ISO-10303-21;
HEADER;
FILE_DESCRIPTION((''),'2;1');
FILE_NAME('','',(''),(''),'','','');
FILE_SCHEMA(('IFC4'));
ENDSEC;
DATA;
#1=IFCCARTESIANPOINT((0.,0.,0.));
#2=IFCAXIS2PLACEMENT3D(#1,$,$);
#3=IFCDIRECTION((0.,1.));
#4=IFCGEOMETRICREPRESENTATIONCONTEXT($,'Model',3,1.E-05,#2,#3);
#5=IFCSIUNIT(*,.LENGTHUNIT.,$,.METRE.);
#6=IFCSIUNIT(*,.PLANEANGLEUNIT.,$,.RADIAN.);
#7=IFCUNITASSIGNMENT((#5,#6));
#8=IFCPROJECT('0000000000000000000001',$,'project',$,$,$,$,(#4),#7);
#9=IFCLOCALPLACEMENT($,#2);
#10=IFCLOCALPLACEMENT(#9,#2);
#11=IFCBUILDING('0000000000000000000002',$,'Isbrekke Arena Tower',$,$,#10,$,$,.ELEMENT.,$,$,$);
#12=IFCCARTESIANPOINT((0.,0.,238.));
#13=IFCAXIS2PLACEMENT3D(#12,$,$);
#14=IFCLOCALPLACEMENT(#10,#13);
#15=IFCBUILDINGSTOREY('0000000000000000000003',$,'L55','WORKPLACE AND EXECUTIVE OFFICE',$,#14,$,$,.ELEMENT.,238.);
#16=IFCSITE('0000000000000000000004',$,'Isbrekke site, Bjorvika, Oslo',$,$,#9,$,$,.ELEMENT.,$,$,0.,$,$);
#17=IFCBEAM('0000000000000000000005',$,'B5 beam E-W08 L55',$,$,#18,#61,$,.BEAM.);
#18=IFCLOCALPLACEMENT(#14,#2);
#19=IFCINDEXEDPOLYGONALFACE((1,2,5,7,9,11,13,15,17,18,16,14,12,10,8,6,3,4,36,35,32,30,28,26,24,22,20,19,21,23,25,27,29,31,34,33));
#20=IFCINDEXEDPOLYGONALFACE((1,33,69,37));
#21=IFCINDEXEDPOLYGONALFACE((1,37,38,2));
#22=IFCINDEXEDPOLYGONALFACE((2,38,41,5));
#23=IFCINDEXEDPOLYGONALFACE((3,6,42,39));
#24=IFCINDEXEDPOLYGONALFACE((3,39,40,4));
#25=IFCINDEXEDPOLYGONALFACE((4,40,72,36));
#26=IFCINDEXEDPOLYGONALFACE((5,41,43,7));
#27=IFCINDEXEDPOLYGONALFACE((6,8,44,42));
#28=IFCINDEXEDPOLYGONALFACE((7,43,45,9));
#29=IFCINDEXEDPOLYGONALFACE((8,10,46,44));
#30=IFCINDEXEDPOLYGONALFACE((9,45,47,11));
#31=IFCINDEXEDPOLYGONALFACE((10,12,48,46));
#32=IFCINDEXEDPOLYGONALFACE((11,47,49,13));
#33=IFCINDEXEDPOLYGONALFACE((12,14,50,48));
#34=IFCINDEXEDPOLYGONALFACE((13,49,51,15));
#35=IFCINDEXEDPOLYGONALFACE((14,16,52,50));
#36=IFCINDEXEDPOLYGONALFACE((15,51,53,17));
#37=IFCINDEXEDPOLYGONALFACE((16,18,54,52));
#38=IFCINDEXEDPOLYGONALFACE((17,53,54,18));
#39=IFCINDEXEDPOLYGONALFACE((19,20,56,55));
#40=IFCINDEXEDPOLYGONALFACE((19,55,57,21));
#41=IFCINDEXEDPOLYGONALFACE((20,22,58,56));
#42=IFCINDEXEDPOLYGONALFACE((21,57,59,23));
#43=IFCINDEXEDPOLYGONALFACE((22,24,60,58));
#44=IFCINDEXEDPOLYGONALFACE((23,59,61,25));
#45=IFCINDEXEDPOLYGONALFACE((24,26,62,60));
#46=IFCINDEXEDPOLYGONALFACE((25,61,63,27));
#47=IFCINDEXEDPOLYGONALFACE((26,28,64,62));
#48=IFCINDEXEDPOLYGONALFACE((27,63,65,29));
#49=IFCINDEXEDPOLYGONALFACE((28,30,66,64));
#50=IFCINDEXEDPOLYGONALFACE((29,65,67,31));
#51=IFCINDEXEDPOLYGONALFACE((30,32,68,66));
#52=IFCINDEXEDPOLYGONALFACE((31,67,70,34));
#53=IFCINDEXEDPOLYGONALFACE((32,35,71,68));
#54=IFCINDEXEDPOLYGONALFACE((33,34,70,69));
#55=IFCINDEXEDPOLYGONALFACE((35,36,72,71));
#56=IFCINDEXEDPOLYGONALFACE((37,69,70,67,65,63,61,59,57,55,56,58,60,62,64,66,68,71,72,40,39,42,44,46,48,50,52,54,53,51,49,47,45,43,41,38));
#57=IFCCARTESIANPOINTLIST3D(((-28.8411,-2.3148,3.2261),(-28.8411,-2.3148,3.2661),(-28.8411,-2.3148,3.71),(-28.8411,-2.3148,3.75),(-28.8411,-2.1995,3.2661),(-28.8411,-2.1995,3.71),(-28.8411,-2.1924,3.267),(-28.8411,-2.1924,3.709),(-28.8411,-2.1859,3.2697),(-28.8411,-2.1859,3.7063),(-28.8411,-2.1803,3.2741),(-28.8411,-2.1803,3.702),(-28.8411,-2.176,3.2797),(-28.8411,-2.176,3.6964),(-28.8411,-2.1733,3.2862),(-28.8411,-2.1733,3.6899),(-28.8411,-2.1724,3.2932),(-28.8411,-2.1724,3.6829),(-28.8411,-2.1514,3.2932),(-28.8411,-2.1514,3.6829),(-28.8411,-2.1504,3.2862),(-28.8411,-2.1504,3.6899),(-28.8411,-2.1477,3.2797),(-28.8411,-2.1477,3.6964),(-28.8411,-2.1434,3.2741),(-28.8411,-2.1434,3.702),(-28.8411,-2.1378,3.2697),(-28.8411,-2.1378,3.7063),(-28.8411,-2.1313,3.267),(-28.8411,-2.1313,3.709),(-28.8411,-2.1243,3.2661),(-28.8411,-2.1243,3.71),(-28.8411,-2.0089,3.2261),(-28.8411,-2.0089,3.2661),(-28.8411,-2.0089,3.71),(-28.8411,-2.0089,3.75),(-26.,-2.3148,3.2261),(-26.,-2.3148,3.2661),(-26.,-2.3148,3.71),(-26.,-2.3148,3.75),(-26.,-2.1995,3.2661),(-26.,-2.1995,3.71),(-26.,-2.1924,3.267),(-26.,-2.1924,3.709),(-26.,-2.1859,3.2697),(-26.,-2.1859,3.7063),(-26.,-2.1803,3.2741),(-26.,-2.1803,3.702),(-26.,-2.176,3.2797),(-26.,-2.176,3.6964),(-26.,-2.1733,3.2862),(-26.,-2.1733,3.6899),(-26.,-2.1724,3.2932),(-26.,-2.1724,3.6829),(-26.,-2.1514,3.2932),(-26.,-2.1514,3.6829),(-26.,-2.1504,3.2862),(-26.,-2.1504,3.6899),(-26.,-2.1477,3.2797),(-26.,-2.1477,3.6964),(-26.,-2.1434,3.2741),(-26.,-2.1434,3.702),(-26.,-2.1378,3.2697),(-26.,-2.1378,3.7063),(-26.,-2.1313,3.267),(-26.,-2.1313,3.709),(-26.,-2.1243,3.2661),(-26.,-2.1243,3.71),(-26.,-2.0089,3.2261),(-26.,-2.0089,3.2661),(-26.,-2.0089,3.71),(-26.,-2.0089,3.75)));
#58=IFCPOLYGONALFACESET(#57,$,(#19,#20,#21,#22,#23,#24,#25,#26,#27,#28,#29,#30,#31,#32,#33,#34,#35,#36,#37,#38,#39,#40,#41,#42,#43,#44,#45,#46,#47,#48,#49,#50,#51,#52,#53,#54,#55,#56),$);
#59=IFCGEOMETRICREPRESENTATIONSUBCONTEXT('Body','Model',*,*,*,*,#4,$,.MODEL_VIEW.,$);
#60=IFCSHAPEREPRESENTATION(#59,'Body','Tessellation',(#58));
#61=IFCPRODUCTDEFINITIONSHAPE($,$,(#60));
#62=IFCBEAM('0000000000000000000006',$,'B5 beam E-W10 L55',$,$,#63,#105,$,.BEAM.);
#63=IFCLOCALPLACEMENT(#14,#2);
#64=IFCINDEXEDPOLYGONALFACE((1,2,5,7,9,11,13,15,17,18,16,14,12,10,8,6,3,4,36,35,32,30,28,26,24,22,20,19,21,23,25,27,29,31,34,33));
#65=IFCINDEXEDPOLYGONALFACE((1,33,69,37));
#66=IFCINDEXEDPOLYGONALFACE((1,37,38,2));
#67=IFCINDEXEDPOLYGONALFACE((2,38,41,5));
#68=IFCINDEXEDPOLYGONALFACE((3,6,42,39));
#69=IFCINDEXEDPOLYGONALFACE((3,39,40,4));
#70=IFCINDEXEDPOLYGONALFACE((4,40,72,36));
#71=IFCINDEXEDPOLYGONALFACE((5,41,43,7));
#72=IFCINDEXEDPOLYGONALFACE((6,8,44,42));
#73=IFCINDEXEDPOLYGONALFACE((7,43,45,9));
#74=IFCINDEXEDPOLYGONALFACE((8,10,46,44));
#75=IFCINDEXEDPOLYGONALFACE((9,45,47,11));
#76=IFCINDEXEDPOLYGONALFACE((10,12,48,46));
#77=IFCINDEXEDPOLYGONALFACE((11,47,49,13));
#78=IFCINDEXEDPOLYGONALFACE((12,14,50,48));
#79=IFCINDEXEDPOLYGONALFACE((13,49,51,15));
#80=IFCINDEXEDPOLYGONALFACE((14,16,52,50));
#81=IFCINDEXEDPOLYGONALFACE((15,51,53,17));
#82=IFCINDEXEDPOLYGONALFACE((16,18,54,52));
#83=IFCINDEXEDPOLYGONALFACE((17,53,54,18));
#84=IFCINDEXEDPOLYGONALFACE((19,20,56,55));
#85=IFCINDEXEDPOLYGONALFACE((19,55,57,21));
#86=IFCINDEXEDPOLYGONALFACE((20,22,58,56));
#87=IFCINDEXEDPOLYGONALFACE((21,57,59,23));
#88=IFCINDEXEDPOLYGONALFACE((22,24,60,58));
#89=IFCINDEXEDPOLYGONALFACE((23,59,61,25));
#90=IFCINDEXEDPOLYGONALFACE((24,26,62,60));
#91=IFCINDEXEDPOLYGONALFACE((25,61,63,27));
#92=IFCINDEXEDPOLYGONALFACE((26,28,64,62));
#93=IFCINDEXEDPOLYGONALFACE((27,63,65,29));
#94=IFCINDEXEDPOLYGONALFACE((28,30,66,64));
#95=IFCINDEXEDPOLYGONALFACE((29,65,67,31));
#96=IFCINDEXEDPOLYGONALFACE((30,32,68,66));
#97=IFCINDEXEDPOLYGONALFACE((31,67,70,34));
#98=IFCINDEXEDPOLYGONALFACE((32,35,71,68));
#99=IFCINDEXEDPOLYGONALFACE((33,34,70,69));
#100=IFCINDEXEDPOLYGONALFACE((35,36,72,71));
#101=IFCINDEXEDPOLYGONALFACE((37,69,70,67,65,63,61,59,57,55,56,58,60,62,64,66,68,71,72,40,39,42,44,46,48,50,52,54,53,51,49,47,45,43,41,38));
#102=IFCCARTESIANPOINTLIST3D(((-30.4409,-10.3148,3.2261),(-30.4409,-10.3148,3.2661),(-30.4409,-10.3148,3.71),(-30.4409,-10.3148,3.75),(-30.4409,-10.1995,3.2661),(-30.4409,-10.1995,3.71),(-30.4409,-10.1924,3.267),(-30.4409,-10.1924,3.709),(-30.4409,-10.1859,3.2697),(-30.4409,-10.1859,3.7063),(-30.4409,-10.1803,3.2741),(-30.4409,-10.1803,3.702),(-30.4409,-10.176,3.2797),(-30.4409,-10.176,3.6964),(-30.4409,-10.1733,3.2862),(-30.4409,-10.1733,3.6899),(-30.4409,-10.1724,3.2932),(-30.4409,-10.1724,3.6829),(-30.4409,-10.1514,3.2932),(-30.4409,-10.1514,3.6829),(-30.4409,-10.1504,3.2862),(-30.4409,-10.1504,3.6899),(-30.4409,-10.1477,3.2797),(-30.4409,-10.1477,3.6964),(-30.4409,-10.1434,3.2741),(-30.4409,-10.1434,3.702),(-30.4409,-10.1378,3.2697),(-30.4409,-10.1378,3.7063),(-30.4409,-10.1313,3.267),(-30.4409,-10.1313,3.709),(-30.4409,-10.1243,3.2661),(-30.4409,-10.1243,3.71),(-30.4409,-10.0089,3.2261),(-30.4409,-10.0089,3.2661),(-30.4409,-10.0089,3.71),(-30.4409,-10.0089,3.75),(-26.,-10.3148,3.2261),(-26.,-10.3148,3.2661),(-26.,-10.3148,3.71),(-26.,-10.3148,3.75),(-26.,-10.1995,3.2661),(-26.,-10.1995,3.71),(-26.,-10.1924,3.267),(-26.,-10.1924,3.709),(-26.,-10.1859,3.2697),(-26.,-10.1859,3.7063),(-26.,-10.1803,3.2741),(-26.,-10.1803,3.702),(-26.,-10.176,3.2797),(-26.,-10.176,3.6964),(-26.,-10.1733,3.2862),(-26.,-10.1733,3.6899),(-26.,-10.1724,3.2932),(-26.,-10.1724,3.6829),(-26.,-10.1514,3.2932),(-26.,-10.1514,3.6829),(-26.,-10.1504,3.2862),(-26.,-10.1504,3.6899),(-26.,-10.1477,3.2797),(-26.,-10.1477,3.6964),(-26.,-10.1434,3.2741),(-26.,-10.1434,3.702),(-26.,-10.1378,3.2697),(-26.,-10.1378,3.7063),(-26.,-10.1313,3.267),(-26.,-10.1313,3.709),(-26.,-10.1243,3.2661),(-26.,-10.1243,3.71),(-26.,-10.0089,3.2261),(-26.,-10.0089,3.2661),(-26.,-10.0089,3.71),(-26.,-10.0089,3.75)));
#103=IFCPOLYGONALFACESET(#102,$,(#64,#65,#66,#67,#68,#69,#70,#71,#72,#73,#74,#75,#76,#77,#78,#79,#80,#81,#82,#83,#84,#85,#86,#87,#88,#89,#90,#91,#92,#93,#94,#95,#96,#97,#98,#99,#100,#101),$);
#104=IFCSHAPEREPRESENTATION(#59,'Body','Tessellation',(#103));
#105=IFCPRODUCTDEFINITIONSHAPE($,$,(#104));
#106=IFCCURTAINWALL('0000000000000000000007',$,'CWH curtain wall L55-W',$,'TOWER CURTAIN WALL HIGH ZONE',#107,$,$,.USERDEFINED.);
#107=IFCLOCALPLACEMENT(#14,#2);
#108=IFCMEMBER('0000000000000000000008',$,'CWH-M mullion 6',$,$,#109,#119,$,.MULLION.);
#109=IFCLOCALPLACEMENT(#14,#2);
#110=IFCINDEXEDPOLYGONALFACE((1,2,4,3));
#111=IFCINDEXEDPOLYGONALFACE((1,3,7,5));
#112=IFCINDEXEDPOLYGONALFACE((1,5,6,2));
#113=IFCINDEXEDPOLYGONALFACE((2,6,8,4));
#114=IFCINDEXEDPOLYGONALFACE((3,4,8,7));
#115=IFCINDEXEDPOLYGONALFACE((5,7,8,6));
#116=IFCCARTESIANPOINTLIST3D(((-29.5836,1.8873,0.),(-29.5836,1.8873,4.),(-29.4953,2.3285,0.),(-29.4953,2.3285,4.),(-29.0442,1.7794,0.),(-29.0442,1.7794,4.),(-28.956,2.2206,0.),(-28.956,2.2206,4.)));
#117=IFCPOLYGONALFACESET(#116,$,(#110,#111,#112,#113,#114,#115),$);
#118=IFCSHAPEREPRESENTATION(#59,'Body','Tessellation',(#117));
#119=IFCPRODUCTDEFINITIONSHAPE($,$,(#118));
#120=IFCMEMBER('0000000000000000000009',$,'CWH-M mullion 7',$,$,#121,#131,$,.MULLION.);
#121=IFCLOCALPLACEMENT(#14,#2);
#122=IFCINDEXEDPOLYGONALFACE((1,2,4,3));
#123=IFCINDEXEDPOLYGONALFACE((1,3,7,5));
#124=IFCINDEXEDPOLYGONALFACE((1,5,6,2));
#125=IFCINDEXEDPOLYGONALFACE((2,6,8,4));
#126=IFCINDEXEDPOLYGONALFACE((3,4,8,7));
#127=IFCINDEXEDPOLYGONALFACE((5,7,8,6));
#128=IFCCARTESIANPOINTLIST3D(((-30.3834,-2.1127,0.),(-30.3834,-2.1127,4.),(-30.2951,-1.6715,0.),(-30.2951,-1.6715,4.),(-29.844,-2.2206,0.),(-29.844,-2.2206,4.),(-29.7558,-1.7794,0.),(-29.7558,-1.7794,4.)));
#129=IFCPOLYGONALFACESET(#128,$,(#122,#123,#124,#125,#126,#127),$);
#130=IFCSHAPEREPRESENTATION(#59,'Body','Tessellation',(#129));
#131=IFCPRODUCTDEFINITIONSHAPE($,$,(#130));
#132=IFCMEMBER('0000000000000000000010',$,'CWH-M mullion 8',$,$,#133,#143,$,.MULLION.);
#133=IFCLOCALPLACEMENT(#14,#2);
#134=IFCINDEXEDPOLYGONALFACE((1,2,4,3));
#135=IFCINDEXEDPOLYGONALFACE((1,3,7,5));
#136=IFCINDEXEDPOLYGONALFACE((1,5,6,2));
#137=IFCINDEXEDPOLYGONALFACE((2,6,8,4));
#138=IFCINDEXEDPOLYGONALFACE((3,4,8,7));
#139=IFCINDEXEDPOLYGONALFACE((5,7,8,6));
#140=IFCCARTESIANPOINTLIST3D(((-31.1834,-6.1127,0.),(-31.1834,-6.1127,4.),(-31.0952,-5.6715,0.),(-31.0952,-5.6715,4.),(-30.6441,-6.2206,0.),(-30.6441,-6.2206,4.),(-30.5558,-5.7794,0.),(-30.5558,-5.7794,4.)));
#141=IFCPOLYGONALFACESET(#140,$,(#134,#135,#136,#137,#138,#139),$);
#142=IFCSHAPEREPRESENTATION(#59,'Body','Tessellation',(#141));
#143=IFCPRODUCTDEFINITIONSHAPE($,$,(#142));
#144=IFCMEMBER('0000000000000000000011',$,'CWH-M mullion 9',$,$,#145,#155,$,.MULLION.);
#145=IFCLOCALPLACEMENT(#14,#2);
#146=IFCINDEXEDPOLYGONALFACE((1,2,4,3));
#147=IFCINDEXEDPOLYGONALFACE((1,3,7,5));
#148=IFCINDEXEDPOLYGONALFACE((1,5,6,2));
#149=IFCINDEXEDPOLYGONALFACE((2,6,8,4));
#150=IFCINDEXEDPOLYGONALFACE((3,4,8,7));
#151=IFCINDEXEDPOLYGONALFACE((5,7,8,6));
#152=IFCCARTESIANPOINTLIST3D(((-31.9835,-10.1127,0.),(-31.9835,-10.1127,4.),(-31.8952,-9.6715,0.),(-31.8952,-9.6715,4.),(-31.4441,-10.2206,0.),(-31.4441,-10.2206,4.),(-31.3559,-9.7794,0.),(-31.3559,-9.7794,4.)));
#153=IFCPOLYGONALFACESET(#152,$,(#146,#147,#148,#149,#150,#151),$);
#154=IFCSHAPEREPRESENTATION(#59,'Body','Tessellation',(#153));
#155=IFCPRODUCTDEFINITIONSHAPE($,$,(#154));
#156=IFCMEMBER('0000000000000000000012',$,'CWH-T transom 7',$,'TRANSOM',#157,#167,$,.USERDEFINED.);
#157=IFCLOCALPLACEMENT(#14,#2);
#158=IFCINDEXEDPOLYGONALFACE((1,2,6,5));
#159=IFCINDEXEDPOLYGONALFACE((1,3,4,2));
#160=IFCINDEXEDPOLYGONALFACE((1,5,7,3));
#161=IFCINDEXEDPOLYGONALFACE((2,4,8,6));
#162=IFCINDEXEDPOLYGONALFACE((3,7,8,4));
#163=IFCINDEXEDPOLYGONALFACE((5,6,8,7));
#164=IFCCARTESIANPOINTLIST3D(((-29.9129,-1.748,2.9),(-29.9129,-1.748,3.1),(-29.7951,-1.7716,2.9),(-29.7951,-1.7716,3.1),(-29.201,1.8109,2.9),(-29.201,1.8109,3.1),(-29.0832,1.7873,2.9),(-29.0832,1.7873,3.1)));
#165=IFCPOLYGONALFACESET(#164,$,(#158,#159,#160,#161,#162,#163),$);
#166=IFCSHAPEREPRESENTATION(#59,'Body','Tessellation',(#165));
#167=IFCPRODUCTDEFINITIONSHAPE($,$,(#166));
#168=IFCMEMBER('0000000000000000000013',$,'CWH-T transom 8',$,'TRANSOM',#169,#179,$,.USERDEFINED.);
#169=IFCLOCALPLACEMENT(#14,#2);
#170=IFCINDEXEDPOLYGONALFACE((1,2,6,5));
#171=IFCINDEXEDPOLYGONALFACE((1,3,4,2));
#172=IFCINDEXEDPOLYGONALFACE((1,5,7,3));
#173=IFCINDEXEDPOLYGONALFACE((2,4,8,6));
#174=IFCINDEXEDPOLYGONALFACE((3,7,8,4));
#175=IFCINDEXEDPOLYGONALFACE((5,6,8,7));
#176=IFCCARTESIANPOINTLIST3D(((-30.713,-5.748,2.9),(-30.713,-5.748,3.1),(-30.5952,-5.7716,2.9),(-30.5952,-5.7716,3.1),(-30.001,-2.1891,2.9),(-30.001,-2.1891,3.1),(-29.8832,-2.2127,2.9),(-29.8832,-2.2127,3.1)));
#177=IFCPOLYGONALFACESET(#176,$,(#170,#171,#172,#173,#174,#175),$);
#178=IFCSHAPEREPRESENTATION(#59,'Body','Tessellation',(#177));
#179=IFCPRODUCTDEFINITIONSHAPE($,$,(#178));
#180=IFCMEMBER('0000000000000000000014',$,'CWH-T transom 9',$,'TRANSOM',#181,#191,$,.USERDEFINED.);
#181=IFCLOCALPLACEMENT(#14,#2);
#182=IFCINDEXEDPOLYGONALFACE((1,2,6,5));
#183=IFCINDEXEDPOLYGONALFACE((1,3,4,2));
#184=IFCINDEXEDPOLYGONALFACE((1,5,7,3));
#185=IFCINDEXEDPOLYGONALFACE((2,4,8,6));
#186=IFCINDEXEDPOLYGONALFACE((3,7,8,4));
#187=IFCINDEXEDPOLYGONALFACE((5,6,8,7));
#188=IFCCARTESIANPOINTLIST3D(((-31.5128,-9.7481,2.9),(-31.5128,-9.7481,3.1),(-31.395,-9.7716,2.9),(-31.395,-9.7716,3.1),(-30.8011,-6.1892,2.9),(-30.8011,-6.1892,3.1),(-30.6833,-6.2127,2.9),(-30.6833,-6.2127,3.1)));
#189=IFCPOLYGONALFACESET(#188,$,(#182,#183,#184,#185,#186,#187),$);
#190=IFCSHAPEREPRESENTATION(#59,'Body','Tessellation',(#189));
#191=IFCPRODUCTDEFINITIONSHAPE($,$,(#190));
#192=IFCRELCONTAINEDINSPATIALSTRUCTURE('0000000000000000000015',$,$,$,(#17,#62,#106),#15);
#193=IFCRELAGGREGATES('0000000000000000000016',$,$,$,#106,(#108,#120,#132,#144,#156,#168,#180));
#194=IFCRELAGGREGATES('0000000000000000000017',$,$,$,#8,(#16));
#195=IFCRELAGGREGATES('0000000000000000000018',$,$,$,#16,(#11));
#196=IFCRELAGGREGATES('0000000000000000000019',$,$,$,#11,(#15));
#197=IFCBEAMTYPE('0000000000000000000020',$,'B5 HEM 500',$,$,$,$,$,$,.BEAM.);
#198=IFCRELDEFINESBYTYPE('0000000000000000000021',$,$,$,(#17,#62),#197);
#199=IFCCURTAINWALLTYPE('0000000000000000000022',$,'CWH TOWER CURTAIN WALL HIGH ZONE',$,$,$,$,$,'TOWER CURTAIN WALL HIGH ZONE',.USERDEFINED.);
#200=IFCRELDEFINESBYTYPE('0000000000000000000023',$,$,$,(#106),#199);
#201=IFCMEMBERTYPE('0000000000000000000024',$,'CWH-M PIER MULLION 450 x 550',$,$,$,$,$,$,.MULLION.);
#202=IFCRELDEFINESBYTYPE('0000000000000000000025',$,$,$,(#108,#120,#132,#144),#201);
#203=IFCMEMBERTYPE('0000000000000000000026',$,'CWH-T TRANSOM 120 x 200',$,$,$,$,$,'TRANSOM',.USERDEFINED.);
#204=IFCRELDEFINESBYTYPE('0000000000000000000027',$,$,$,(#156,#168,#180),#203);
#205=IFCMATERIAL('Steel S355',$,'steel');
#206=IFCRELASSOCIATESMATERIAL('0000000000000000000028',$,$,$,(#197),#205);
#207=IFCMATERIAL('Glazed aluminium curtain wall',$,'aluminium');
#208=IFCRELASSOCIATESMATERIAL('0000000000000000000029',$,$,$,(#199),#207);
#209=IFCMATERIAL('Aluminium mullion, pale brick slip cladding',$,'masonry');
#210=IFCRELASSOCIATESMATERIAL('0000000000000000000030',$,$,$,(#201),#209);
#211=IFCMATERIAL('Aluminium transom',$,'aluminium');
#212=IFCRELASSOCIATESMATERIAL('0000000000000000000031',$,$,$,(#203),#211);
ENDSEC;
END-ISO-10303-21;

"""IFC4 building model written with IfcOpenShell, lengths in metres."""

from ifc_helpers import new_model, si_unit, direction, frame, origin, origin_2d, place, context, subcontext, project, spatial, rectangle, i_section, extrude, material, material_profile, profile_set, type_object, element, aggregate, save


model = new_model("IFC4")

# Units and contexts
model_context = context("Model", 3, precision=1e-05, world=origin(), true_north=direction((0.0, 1.0)))
body_context = subcontext(model_context, "Body", "Model", "MODEL_VIEW")
ifc_project = project(units=[si_unit("LENGTHUNIT", "METRE"), si_unit("PLANEANGLEUNIT", "RADIAN")], contexts=[model_context])

# Site, building, storey
site_placement = place(None, origin())
site = spatial("IfcSite", under=ifc_project, at=site_placement, Name="Isbrekke site, Bjorvika, Oslo", CompositionType="ELEMENT", RefElevation=0.0)
building_placement = place(site_placement, origin())
building = spatial("IfcBuilding", under=site, at=building_placement, Name="Isbrekke Arena Tower", CompositionType="ELEMENT")
storey_placement = place(building_placement, frame((0.0, 0.0, 238.0)))
storey = spatial("IfcBuildingStorey", under=building, at=storey_placement, Name="L55", Description="WORKPLACE AND EXECUTIVE OFFICE", CompositionType="ELEMENT", Elevation=238.0)

# Beams
ifc_material_1 = material(Name="Steel S355", Category="steel")
ifc_material_profile_1 = material_profile(ifc_material_1, i_section(OverallWidth=0.3059, OverallDepth=0.5239, WebThickness=0.021, FlangeThickness=0.04, FilletRadius=0.0271, at=origin_2d()), Name="HEM 500")
ifc_profile_set_1 = profile_set([ifc_material_profile_1], Name="Steel S355")
beam_type_1 = type_object("IfcBeamType", Name="B5 HEM 500", PredefinedType="BEAM", material=ifc_profile_set_1)
beam_1_placement = place(storey_placement, frame((-28.8411, -2.1619, 3.488), z_axis=(1.0, 0.0, 0.0), x_axis=(0.0, 1.0, 0.0)))
element("IfcBeam", 1, at=beam_1_placement, inside=storey, type_object=beam_type_1, Name="B5 beam E-W08 L55", PredefinedType="BEAM", context=body_context, shape_type="SweptSolid", body=[
    extrude(i_section(OverallWidth=0.3059, OverallDepth=0.5239, WebThickness=0.021, FlangeThickness=0.04, FilletRadius=0.0271, at=origin_2d()), origin(), (0.0, 0.0, 1.0), 2.8411),
])
beam_2_placement = place(storey_placement, frame((-30.4409, -10.1619, 3.488), z_axis=(1.0, 0.0, 0.0), x_axis=(0.0, 1.0, 0.0)))
element("IfcBeam", 2, at=beam_2_placement, inside=storey, type_object=beam_type_1, Name="B5 beam E-W10 L55", PredefinedType="BEAM", context=body_context, shape_type="SweptSolid", body=[
    extrude(i_section(OverallWidth=0.3059, OverallDepth=0.5239, WebThickness=0.021, FlangeThickness=0.04, FilletRadius=0.0271, at=origin_2d()), origin(), (0.0, 0.0, 1.0), 4.4409),
])

# Curtain wall, members
ifc_material_2 = material(Name="Glazed aluminium curtain wall", Category="aluminium")
curtain_wall_type = type_object("IfcCurtainWallType", Name="CWH TOWER CURTAIN WALL HIGH ZONE", ElementType="TOWER CURTAIN WALL HIGH ZONE", PredefinedType="USERDEFINED", material=ifc_material_2)
curtain_wall_placement = place(storey_placement, origin())
curtain_wall = element("IfcCurtainWall", 3, at=curtain_wall_placement, inside=storey, type_object=curtain_wall_type, Name="CWH curtain wall L55-W", ObjectType="TOWER CURTAIN WALL HIGH ZONE", PredefinedType="USERDEFINED")
ifc_material_3 = material(Name="Aluminium mullion, pale brick slip cladding", Category="masonry")
ifc_material_profile_2 = material_profile(ifc_material_3, rectangle(XDim=0.45, YDim=0.55, at=origin_2d()), Name="PIER 450X550")
ifc_profile_set_2 = profile_set([ifc_material_profile_2], Name="Aluminium mullion, pale brick slip cladding")
member_type_1 = type_object("IfcMemberType", Name="CWH-M PIER MULLION 450 x 550", PredefinedType="MULLION", material=ifc_profile_set_2)
member_1_placement = place(storey_placement, frame((-29.2698, 2.054, 0.0), z_axis=(0.0, 0.0, 1.0), x_axis=(-0.196116, -0.980581, 0.0)))
member_1 = element("IfcMember", 4, at=member_1_placement, type_object=member_type_1, Name="CWH-M mullion 6", PredefinedType="MULLION", context=body_context, shape_type="SweptSolid", body=[
    extrude(rectangle(XDim=0.45, YDim=0.55, at=origin_2d()), origin(), (0.0, 0.0, 1.0), 4.0),
])
member_2_placement = place(storey_placement, frame((-30.0696, -1.946, 0.0), z_axis=(0.0, 0.0, 1.0), x_axis=(-0.196116, -0.980581, 0.0)))
member_2 = element("IfcMember", 5, at=member_2_placement, type_object=member_type_1, Name="CWH-M mullion 7", PredefinedType="MULLION", context=body_context, shape_type="SweptSolid", body=[
    extrude(rectangle(XDim=0.45, YDim=0.55, at=origin_2d()), origin(), (0.0, 0.0, 1.0), 4.0),
])
member_3_placement = place(storey_placement, frame((-30.8696, -5.946, 0.0), z_axis=(0.0, 0.0, 1.0), x_axis=(-0.196116, -0.980581, 0.0)))
member_3 = element("IfcMember", 6, at=member_3_placement, type_object=member_type_1, Name="CWH-M mullion 8", PredefinedType="MULLION", context=body_context, shape_type="SweptSolid", body=[
    extrude(rectangle(XDim=0.45, YDim=0.55, at=origin_2d()), origin(), (0.0, 0.0, 1.0), 4.0),
])
member_4_placement = place(storey_placement, frame((-31.6697, -9.946, 0.0), z_axis=(0.0, 0.0, 1.0), x_axis=(-0.196116, -0.980581, 0.0)))
member_4 = element("IfcMember", 7, at=member_4_placement, type_object=member_type_1, Name="CWH-M mullion 9", PredefinedType="MULLION", context=body_context, shape_type="SweptSolid", body=[
    extrude(rectangle(XDim=0.45, YDim=0.55, at=origin_2d()), origin(), (0.0, 0.0, 1.0), 4.0),
])
ifc_material_4 = material(Name="Aluminium transom", Category="aluminium")
ifc_material_profile_3 = material_profile(ifc_material_4, rectangle(XDim=0.1201, YDim=0.2, at=origin_2d()), Name="TRANSOM 120X200")
ifc_profile_set_3 = profile_set([ifc_material_profile_3], Name="Aluminium transom")
member_type_2 = type_object("IfcMemberType", Name="CWH-T TRANSOM 120 x 200", ElementType="TRANSOM", PredefinedType="USERDEFINED", material=ifc_profile_set_3)
member_5_placement = place(storey_placement, frame((-29.1421, 1.7991, 3.0), z_axis=(-0.196155, -0.980573, 0.0), x_axis=(0.980573, -0.196155, 0.0)))
member_5 = element("IfcMember", 8, at=member_5_placement, type_object=member_type_2, Name="CWH-T transom 7", ObjectType="TRANSOM", PredefinedType="USERDEFINED", context=body_context, shape_type="SweptSolid", body=[
    extrude(rectangle(XDim=0.1201, YDim=0.2, at=origin_2d()), origin(), (0.0, 0.0, 1.0), 3.6294),
])
member_6_placement = place(storey_placement, frame((-29.9421, -2.2009, 3.0), z_axis=(-0.196155, -0.980573, 0.0), x_axis=(0.980573, -0.196155, 0.0)))
member_6 = element("IfcMember", 9, at=member_6_placement, type_object=member_type_2, Name="CWH-T transom 8", ObjectType="TRANSOM", PredefinedType="USERDEFINED", context=body_context, shape_type="SweptSolid", body=[
    extrude(rectangle(XDim=0.1201, YDim=0.2, at=origin_2d()), origin(), (0.0, 0.0, 1.0), 3.6294),
])
member_7_placement = place(storey_placement, frame((-30.7422, -6.2009, 3.0), z_axis=(-0.19609, -0.980586, 0.0), x_axis=(0.980586, -0.19609, 0.0)))
member_7 = element("IfcMember", 10, at=member_7_placement, type_object=member_type_2, Name="CWH-T transom 9", ObjectType="TRANSOM", PredefinedType="USERDEFINED", context=body_context, shape_type="SweptSolid", body=[
    extrude(rectangle(XDim=0.1201, YDim=0.2, at=origin_2d()), origin(), (0.0, 0.0, 1.0), 3.6294),
])

aggregate(curtain_wall, [member_1, member_2, member_3, member_4, member_5, member_6, member_7])

save(model, "model.ifc")
